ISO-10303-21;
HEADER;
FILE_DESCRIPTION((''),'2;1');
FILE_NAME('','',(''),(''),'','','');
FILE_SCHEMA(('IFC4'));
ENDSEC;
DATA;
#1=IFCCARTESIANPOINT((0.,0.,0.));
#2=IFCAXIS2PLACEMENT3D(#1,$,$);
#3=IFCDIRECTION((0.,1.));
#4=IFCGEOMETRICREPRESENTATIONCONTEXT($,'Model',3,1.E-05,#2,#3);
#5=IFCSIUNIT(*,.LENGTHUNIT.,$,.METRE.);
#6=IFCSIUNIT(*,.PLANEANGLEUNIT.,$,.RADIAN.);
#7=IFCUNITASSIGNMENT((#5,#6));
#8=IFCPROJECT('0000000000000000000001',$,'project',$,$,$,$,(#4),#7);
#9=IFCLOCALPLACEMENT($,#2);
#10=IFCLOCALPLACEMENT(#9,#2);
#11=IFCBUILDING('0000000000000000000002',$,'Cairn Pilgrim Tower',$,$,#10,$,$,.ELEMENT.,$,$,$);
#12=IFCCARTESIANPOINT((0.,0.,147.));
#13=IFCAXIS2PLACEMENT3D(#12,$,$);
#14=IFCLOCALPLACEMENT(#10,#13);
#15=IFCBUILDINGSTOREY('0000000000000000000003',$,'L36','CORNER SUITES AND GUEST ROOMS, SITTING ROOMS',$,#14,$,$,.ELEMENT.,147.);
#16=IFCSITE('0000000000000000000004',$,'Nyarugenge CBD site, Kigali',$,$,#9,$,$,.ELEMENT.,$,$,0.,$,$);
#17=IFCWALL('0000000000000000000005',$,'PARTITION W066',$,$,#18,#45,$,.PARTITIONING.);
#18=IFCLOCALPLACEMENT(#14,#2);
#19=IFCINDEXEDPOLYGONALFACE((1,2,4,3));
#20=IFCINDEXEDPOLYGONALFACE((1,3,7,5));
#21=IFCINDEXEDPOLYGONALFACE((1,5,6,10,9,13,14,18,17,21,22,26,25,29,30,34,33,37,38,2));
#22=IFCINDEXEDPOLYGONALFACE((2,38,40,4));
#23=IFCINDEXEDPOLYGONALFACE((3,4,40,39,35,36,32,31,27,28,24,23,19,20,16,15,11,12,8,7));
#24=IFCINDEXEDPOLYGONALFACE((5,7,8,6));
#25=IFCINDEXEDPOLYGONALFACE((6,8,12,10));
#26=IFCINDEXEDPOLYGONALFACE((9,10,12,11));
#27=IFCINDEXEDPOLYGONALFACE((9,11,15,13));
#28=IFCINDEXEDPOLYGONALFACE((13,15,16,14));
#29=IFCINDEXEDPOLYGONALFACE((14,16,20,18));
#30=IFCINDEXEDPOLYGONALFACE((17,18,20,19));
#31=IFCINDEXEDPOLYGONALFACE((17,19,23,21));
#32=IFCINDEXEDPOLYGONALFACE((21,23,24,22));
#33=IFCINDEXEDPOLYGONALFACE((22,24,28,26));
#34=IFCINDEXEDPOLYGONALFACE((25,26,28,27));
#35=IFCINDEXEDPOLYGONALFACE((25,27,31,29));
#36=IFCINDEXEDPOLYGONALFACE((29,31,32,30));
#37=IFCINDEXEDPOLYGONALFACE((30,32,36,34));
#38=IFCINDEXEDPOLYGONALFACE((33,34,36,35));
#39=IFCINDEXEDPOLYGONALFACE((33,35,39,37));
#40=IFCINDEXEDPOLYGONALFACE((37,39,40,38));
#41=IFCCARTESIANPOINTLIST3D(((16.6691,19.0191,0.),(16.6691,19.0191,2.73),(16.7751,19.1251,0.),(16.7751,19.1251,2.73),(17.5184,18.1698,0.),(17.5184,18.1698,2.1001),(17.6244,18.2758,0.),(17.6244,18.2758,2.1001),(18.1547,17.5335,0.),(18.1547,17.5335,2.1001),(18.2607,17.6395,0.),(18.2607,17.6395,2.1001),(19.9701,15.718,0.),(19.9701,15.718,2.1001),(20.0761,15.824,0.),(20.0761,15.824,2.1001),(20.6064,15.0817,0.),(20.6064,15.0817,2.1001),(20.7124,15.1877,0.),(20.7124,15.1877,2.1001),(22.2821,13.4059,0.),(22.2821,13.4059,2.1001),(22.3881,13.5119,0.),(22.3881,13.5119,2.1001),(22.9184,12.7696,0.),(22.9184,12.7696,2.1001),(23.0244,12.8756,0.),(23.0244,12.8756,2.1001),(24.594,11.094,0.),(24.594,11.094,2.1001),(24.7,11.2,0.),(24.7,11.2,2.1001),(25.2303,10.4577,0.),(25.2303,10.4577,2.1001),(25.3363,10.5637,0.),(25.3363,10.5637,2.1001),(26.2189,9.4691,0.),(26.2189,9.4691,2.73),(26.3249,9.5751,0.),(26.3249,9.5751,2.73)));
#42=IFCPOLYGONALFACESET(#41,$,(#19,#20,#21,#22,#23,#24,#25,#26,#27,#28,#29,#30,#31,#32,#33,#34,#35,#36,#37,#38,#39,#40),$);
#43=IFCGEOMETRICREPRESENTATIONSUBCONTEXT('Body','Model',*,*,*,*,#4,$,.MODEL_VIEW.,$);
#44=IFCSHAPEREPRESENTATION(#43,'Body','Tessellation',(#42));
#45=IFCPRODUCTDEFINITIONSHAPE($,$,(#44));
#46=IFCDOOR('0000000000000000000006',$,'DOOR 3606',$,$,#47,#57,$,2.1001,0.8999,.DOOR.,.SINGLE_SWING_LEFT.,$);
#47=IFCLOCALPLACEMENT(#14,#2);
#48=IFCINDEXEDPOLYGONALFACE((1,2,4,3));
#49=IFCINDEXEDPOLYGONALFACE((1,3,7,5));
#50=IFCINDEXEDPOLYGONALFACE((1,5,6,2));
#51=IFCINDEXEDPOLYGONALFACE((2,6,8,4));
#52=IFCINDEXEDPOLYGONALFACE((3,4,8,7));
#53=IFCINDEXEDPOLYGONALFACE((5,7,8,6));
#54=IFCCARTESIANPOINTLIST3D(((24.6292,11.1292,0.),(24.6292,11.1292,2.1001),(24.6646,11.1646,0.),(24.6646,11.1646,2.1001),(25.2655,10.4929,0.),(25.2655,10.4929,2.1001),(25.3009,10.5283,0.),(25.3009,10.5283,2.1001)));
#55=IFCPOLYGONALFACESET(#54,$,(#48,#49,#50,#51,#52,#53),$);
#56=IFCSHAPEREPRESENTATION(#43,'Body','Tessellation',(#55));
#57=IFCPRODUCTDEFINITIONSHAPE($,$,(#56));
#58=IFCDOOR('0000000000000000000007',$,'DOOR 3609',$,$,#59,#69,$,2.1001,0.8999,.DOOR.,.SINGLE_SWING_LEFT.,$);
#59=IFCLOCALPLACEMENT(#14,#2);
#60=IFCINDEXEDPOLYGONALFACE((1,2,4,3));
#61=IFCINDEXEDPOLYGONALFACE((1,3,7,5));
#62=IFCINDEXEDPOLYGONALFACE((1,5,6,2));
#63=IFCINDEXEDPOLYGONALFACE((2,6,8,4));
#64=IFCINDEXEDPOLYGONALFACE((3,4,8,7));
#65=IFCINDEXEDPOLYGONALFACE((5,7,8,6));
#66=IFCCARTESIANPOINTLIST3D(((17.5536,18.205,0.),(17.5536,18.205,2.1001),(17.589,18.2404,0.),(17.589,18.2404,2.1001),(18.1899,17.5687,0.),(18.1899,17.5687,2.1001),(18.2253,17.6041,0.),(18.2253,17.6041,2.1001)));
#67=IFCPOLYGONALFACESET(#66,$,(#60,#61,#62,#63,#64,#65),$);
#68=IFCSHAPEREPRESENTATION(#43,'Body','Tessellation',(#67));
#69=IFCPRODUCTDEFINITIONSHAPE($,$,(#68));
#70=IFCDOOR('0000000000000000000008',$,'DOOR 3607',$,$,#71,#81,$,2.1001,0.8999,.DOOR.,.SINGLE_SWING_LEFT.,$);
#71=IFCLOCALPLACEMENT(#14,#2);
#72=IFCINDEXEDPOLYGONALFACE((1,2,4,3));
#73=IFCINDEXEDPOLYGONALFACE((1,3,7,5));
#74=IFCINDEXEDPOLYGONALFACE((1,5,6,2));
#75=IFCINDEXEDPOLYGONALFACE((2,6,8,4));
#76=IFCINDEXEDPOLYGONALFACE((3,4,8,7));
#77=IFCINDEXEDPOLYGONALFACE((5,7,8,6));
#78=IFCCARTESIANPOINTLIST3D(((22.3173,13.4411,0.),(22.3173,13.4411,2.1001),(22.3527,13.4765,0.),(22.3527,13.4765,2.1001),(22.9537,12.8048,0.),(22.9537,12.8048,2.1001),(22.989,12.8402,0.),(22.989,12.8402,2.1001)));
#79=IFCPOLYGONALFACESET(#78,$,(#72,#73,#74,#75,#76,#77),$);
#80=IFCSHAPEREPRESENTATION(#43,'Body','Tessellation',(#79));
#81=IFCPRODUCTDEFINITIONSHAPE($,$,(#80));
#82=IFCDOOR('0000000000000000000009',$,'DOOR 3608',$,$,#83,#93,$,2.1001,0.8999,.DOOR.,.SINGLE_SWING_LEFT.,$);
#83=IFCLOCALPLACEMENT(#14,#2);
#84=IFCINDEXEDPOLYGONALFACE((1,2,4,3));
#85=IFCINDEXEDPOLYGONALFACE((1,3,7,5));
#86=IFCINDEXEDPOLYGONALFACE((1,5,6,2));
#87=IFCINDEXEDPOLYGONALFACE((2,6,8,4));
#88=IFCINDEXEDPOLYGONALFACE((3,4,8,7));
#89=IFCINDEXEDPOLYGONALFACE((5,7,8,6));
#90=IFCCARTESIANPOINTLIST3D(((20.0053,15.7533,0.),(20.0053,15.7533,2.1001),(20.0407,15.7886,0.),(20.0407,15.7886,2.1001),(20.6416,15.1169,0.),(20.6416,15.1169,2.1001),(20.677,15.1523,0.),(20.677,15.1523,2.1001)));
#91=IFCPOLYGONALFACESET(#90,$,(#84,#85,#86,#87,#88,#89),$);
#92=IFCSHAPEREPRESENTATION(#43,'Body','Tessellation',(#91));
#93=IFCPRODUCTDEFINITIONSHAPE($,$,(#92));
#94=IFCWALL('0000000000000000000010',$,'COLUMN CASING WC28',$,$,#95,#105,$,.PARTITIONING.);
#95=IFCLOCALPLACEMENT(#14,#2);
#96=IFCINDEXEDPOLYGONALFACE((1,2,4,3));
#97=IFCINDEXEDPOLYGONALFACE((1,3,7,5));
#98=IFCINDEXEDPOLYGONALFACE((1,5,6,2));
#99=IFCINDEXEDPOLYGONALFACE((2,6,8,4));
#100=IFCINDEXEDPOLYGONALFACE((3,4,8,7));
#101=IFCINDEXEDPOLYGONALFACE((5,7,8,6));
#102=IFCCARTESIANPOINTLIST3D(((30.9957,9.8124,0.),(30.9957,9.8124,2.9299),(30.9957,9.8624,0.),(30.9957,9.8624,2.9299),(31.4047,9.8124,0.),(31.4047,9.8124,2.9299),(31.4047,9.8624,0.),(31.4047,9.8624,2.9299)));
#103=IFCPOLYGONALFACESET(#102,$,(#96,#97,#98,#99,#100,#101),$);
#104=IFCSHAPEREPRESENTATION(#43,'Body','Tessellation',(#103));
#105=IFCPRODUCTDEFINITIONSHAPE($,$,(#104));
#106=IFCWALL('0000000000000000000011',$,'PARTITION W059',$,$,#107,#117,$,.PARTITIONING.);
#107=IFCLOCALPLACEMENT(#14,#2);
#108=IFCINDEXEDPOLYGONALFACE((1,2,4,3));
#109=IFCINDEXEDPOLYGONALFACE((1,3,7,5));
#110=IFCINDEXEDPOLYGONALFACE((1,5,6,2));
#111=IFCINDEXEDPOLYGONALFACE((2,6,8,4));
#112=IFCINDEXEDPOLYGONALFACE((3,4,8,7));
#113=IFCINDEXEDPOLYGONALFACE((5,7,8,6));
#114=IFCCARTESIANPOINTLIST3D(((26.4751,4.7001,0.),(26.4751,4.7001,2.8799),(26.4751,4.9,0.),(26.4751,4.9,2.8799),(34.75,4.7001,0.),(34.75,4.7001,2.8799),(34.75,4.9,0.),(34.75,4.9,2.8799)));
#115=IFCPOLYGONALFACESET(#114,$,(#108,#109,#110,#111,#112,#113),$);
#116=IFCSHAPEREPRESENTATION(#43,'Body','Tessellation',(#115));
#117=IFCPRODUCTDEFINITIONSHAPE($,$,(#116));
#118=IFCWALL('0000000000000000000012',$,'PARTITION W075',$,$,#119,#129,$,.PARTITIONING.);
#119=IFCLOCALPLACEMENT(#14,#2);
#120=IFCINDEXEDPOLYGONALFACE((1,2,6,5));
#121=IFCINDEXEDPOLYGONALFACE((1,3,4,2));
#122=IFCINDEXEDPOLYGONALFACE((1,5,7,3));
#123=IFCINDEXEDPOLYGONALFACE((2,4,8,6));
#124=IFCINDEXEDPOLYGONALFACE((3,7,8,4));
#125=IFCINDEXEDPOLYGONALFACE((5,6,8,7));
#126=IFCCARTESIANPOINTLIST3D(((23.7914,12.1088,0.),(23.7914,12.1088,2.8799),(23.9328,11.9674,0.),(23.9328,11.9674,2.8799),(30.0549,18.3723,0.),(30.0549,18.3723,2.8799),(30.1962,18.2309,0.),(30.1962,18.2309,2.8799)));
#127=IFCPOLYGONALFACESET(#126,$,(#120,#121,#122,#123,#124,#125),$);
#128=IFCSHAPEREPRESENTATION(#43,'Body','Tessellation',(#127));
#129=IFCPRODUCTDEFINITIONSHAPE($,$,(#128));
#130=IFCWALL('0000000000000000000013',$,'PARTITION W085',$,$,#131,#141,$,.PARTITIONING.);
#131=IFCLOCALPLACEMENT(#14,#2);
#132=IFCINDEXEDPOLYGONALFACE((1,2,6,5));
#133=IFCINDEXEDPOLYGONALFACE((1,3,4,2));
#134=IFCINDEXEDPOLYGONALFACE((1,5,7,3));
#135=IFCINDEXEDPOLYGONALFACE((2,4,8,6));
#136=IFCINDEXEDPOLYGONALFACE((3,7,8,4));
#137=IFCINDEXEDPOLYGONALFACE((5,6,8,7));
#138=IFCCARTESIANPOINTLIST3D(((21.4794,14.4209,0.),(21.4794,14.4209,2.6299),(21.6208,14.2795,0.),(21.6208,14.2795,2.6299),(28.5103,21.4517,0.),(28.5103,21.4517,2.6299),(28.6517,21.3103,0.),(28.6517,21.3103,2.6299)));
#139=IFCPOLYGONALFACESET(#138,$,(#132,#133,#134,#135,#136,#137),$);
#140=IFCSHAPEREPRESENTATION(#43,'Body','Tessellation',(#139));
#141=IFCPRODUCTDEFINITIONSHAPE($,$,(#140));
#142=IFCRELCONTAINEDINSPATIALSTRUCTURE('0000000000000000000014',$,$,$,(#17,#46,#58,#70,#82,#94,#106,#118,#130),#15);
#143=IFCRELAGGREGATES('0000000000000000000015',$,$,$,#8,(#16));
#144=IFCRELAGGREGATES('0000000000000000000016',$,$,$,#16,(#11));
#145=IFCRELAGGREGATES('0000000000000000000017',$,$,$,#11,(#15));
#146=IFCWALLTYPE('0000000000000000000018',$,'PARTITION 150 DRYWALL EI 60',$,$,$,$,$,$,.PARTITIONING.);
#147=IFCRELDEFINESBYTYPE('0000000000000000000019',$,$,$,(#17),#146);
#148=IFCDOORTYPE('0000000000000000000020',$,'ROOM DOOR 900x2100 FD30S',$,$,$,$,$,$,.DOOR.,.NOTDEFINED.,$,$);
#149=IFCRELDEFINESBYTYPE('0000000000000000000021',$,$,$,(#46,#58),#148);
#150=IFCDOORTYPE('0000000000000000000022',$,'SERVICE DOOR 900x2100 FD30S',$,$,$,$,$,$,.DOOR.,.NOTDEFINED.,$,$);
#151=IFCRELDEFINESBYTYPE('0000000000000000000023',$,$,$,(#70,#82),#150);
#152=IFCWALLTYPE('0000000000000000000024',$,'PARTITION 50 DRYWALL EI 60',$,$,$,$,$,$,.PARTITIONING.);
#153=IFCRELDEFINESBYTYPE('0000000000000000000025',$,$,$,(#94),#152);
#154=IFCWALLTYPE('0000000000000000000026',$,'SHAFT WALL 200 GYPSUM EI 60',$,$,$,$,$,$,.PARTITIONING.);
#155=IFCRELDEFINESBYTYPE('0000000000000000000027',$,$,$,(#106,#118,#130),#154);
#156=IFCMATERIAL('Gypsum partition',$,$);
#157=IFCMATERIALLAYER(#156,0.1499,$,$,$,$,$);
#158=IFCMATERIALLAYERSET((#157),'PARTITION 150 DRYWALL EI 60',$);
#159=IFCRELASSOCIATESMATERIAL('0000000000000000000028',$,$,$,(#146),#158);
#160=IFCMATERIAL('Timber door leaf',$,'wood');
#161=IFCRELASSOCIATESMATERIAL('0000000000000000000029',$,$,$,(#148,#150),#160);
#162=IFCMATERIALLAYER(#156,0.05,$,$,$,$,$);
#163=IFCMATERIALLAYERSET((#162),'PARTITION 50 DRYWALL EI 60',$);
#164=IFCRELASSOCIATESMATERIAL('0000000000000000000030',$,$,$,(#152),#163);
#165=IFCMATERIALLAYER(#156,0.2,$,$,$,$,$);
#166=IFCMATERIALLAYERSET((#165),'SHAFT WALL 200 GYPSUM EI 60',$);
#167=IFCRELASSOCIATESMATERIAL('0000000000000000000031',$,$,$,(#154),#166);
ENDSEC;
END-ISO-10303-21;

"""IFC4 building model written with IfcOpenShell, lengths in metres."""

from ifc_helpers import new_model, si_unit, direction, frame, frame_2d, origin, place, context, subcontext, project, spatial, rectangle, extrude, material, layer, layer_set, type_object, element, fill, save


model = new_model("IFC4")

# Units and contexts
model_context = context("Model", 3, precision=1e-05, world=origin(), true_north=direction((0.0, 1.0)))
body_context = subcontext(model_context, "Body", "Model", "MODEL_VIEW")
ifc_project = project(units=[si_unit("LENGTHUNIT", "METRE"), si_unit("PLANEANGLEUNIT", "RADIAN")], contexts=[model_context])

# Site, building, storey
site_placement = place(None, origin())
site = spatial("IfcSite", under=ifc_project, at=site_placement, Name="Nyarugenge CBD site, Kigali", CompositionType="ELEMENT", RefElevation=0.0)
building_placement = place(site_placement, origin())
building = spatial("IfcBuilding", under=site, at=building_placement, Name="Cairn Pilgrim Tower", CompositionType="ELEMENT")
storey_placement = place(building_placement, frame((0.0, 0.0, 147.0)))
storey = spatial("IfcBuildingStorey", under=building, at=storey_placement, Name="L36", Description="CORNER SUITES AND GUEST ROOMS, SITTING ROOMS", CompositionType="ELEMENT", Elevation=147.0)

# Shared definitions
ifc_material_1 = material(Name="Gypsum partition")

# Shared definitions
ifc_material_2 = material(Name="Timber door leaf", Category="wood")

# Shared definitions
ifc_layer_1 = layer(ifc_material_1, 0.1499)
ifc_layer_set_1 = layer_set([ifc_layer_1], Name="PARTITION 150 DRYWALL EI 60")
wall_type_1 = type_object("IfcWallType", Name="PARTITION 150 DRYWALL EI 60", PredefinedType="PARTITIONING", material=ifc_layer_set_1)

# Wall, openings, doors
wall_1_placement = place(storey_placement, frame((26.272, 9.522, 0.0), z_axis=(0.0, 0.0, 1.0), x_axis=(-0.707098, 0.707116, 0.0)))
wall_1 = element("IfcWall", 1, at=wall_1_placement, inside=storey, type_object=wall_type_1, Name="PARTITION W066", PredefinedType="PARTITIONING", context=body_context, shape_type="SweptSolid", body=[
    extrude(rectangle(XDim=13.5056, YDim=0.1499, at=frame_2d((6.7529, 0.0))), origin(), (0.0, 0.0, 1.0), 2.73),
])
opening_1_placement = place(wall_1_placement, frame((1.3982, 0.0, 0.0)))
opening_1 = element("IfcOpeningElement", 2, at=opening_1_placement, cuts=wall_1, PredefinedType="OPENING", context=body_context, shape_type="SweptSolid", body=[
    extrude(rectangle(XDim=0.8999, YDim=2.1001, at=frame_2d((0.45, 1.05))), frame((0.0, 0.085, 0.0), z_axis=(0.0, -1.0, 0.0), x_axis=(1.0, 0.0, 0.0)), (0.0, 0.0, 1.0), 0.1699),
])
opening_2_placement = place(wall_1_placement, frame((4.6677, 0.0, 0.0)))
opening_2 = element("IfcOpeningElement", 3, at=opening_2_placement, cuts=wall_1, PredefinedType="OPENING", context=body_context, shape_type="SweptSolid", body=[
    extrude(rectangle(XDim=0.8999, YDim=2.1001, at=frame_2d((0.45, 1.05))), frame((0.0, 0.085, 0.0), z_axis=(0.0, -1.0, 0.0), x_axis=(1.0, 0.0, 0.0)), (0.0, 0.0, 1.0), 0.1699),
])
opening_3_placement = place(wall_1_placement, frame((7.9375, 0.0, 0.0)))
opening_3 = element("IfcOpeningElement", 4, at=opening_3_placement, cuts=wall_1, PredefinedType="OPENING", context=body_context, shape_type="SweptSolid", body=[
    extrude(rectangle(XDim=0.8999, YDim=2.1001, at=frame_2d((0.45, 1.05))), frame((0.0, 0.085, 0.0), z_axis=(0.0, -1.0, 0.0), x_axis=(1.0, 0.0, 0.0)), (0.0, 0.0, 1.0), 0.1699),
])
opening_4_placement = place(wall_1_placement, frame((11.4048, 0.0, 0.0)))
opening_4 = element("IfcOpeningElement", 5, at=opening_4_placement, cuts=wall_1, PredefinedType="OPENING", context=body_context, shape_type="SweptSolid", body=[
    extrude(rectangle(XDim=0.8999, YDim=2.1001, at=frame_2d((0.45, 1.05))), frame((0.0, 0.085, 0.0), z_axis=(0.0, -1.0, 0.0), x_axis=(1.0, 0.0, 0.0)), (0.0, 0.0, 1.0), 0.1699),
])
door_type_1 = type_object("IfcDoorType", Name="ROOM DOOR 900x2100 FD30S", OperationType="NOTDEFINED", PredefinedType="DOOR", material=ifc_material_2)
door_1_placement = place(opening_1_placement, frame((0.8999, 0.0, 0.0), z_axis=(0.0, 0.0, 1.0), x_axis=(-1.0, 0.0, 0.0)))
door_1 = element("IfcDoor", 6, at=door_1_placement, inside=storey, type_object=door_type_1, Name="DOOR 3606", OperationType="SINGLE_SWING_LEFT", OverallHeight=2.1001, OverallWidth=0.8999, PredefinedType="DOOR", context=body_context, shape_type="SweptSolid", body=[
    extrude(rectangle(XDim=0.8999, YDim=2.1001, at=frame_2d((0.45, 1.05))), frame((0.0, 0.0249, 0.0), z_axis=(0.0, -1.0, 0.0), x_axis=(1.0, 0.0, 0.0)), (0.0, 0.0, 1.0), 0.05),
])
fill(opening_1, door_1)
door_2_placement = place(opening_4_placement, frame((0.8999, 0.0, 0.0), z_axis=(0.0, 0.0, 1.0), x_axis=(-1.0, 0.0, 0.0)))
door_2 = element("IfcDoor", 7, at=door_2_placement, inside=storey, type_object=door_type_1, Name="DOOR 3609", OperationType="SINGLE_SWING_LEFT", OverallHeight=2.1001, OverallWidth=0.8999, PredefinedType="DOOR", context=body_context, shape_type="SweptSolid", body=[
    extrude(rectangle(XDim=0.8999, YDim=2.1001, at=frame_2d((0.45, 1.05))), frame((0.0, 0.0249, 0.0), z_axis=(0.0, -1.0, 0.0), x_axis=(1.0, 0.0, 0.0)), (0.0, 0.0, 1.0), 0.05),
])
fill(opening_4, door_2)
door_type_2 = type_object("IfcDoorType", Name="SERVICE DOOR 900x2100 FD30S", OperationType="NOTDEFINED", PredefinedType="DOOR", material=ifc_material_2)
door_3_placement = place(opening_2_placement, frame((0.8999, 0.0, 0.0), z_axis=(0.0, 0.0, 1.0), x_axis=(-1.0, 0.0, 0.0)))
door_3 = element("IfcDoor", 8, at=door_3_placement, inside=storey, type_object=door_type_2, Name="DOOR 3607", OperationType="SINGLE_SWING_LEFT", OverallHeight=2.1001, OverallWidth=0.8999, PredefinedType="DOOR", context=body_context, shape_type="SweptSolid", body=[
    extrude(rectangle(XDim=0.8999, YDim=2.1001, at=frame_2d((0.45, 1.05))), frame((0.0, 0.0249, 0.0), z_axis=(0.0, -1.0, 0.0), x_axis=(1.0, 0.0, 0.0)), (0.0, 0.0, 1.0), 0.05),
])
fill(opening_2, door_3)
door_4_placement = place(opening_3_placement, frame((0.8999, 0.0, 0.0), z_axis=(0.0, 0.0, 1.0), x_axis=(-1.0, 0.0, 0.0)))
door_4 = element("IfcDoor", 9, at=door_4_placement, inside=storey, type_object=door_type_2, Name="DOOR 3608", OperationType="SINGLE_SWING_LEFT", OverallHeight=2.1001, OverallWidth=0.8999, PredefinedType="DOOR", context=body_context, shape_type="SweptSolid", body=[
    extrude(rectangle(XDim=0.8999, YDim=2.1001, at=frame_2d((0.45, 1.05))), frame((0.0, 0.0249, 0.0), z_axis=(0.0, -1.0, 0.0), x_axis=(1.0, 0.0, 0.0)), (0.0, 0.0, 1.0), 0.05),
])
fill(opening_3, door_4)

# Walls
ifc_layer_2 = layer(ifc_material_1, 0.05)
ifc_layer_set_2 = layer_set([ifc_layer_2], Name="PARTITION 50 DRYWALL EI 60")
wall_type_2 = type_object("IfcWallType", Name="PARTITION 50 DRYWALL EI 60", PredefinedType="PARTITIONING", material=ifc_layer_set_2)
wall_2_placement = place(storey_placement, frame((30.9956, 9.8374, 0.0), z_axis=(0.0, 0.0, 1.0), x_axis=(1.0, 0.0, 0.0)))
element("IfcWall", 10, at=wall_2_placement, inside=storey, type_object=wall_type_2, Name="COLUMN CASING WC28", PredefinedType="PARTITIONING", context=body_context, shape_type="SweptSolid", body=[
    extrude(rectangle(XDim=0.4089, YDim=0.05, at=frame_2d((0.2046, 0.0))), origin(), (0.0, 0.0, 1.0), 2.9299),
])
ifc_layer_3 = layer(ifc_material_1, 0.2)
ifc_layer_set_3 = layer_set([ifc_layer_3], Name="SHAFT WALL 200 GYPSUM EI 60")
wall_type_3 = type_object("IfcWallType", Name="SHAFT WALL 200 GYPSUM EI 60", PredefinedType="PARTITIONING", material=ifc_layer_set_3)
wall_3_placement = place(storey_placement, frame((26.4751, 4.8, 0.0), z_axis=(0.0, 0.0, 1.0), x_axis=(1.0, 0.0, 0.0)))
element("IfcWall", 11, at=wall_3_placement, inside=storey, type_object=wall_type_3, Name="PARTITION W059", PredefinedType="PARTITIONING", context=body_context, shape_type="SweptSolid", body=[
    extrude(rectangle(XDim=8.2749, YDim=0.2, at=frame_2d((4.1375, 0.0))), origin(), (0.0, 0.0, 1.0), 2.8799),
])
wall_4_placement = place(storey_placement, frame((23.8621, 12.0381, 0.0), z_axis=(0.0, 0.0, 1.0), x_axis=(0.707107, 0.707107, 0.0)))
element("IfcWall", 12, at=wall_4_placement, inside=storey, type_object=wall_type_3, Name="PARTITION W075", PredefinedType="PARTITIONING", context=body_context, shape_type="SweptSolid", body=[
    extrude(rectangle(XDim=8.8579, YDim=0.2, at=frame_2d((4.429, 0.0))), origin(), (0.0, 0.0, 1.0), 2.8799),
])
wall_5_placement = place(storey_placement, frame((21.55, 14.3501, 0.0), z_axis=(0.0, 0.0, 1.0), x_axis=(0.707107, 0.707107, 0.0)))
element("IfcWall", 13, at=wall_5_placement, inside=storey, type_object=wall_type_3, Name="PARTITION W085", PredefinedType="PARTITIONING", context=body_context, shape_type="SweptSolid", body=[
    extrude(rectangle(XDim=9.9431, YDim=0.2, at=frame_2d((4.9717, 0.0))), origin(), (0.0, 0.0, 1.0), 2.6299),
])

save(model, "model.ifc")
